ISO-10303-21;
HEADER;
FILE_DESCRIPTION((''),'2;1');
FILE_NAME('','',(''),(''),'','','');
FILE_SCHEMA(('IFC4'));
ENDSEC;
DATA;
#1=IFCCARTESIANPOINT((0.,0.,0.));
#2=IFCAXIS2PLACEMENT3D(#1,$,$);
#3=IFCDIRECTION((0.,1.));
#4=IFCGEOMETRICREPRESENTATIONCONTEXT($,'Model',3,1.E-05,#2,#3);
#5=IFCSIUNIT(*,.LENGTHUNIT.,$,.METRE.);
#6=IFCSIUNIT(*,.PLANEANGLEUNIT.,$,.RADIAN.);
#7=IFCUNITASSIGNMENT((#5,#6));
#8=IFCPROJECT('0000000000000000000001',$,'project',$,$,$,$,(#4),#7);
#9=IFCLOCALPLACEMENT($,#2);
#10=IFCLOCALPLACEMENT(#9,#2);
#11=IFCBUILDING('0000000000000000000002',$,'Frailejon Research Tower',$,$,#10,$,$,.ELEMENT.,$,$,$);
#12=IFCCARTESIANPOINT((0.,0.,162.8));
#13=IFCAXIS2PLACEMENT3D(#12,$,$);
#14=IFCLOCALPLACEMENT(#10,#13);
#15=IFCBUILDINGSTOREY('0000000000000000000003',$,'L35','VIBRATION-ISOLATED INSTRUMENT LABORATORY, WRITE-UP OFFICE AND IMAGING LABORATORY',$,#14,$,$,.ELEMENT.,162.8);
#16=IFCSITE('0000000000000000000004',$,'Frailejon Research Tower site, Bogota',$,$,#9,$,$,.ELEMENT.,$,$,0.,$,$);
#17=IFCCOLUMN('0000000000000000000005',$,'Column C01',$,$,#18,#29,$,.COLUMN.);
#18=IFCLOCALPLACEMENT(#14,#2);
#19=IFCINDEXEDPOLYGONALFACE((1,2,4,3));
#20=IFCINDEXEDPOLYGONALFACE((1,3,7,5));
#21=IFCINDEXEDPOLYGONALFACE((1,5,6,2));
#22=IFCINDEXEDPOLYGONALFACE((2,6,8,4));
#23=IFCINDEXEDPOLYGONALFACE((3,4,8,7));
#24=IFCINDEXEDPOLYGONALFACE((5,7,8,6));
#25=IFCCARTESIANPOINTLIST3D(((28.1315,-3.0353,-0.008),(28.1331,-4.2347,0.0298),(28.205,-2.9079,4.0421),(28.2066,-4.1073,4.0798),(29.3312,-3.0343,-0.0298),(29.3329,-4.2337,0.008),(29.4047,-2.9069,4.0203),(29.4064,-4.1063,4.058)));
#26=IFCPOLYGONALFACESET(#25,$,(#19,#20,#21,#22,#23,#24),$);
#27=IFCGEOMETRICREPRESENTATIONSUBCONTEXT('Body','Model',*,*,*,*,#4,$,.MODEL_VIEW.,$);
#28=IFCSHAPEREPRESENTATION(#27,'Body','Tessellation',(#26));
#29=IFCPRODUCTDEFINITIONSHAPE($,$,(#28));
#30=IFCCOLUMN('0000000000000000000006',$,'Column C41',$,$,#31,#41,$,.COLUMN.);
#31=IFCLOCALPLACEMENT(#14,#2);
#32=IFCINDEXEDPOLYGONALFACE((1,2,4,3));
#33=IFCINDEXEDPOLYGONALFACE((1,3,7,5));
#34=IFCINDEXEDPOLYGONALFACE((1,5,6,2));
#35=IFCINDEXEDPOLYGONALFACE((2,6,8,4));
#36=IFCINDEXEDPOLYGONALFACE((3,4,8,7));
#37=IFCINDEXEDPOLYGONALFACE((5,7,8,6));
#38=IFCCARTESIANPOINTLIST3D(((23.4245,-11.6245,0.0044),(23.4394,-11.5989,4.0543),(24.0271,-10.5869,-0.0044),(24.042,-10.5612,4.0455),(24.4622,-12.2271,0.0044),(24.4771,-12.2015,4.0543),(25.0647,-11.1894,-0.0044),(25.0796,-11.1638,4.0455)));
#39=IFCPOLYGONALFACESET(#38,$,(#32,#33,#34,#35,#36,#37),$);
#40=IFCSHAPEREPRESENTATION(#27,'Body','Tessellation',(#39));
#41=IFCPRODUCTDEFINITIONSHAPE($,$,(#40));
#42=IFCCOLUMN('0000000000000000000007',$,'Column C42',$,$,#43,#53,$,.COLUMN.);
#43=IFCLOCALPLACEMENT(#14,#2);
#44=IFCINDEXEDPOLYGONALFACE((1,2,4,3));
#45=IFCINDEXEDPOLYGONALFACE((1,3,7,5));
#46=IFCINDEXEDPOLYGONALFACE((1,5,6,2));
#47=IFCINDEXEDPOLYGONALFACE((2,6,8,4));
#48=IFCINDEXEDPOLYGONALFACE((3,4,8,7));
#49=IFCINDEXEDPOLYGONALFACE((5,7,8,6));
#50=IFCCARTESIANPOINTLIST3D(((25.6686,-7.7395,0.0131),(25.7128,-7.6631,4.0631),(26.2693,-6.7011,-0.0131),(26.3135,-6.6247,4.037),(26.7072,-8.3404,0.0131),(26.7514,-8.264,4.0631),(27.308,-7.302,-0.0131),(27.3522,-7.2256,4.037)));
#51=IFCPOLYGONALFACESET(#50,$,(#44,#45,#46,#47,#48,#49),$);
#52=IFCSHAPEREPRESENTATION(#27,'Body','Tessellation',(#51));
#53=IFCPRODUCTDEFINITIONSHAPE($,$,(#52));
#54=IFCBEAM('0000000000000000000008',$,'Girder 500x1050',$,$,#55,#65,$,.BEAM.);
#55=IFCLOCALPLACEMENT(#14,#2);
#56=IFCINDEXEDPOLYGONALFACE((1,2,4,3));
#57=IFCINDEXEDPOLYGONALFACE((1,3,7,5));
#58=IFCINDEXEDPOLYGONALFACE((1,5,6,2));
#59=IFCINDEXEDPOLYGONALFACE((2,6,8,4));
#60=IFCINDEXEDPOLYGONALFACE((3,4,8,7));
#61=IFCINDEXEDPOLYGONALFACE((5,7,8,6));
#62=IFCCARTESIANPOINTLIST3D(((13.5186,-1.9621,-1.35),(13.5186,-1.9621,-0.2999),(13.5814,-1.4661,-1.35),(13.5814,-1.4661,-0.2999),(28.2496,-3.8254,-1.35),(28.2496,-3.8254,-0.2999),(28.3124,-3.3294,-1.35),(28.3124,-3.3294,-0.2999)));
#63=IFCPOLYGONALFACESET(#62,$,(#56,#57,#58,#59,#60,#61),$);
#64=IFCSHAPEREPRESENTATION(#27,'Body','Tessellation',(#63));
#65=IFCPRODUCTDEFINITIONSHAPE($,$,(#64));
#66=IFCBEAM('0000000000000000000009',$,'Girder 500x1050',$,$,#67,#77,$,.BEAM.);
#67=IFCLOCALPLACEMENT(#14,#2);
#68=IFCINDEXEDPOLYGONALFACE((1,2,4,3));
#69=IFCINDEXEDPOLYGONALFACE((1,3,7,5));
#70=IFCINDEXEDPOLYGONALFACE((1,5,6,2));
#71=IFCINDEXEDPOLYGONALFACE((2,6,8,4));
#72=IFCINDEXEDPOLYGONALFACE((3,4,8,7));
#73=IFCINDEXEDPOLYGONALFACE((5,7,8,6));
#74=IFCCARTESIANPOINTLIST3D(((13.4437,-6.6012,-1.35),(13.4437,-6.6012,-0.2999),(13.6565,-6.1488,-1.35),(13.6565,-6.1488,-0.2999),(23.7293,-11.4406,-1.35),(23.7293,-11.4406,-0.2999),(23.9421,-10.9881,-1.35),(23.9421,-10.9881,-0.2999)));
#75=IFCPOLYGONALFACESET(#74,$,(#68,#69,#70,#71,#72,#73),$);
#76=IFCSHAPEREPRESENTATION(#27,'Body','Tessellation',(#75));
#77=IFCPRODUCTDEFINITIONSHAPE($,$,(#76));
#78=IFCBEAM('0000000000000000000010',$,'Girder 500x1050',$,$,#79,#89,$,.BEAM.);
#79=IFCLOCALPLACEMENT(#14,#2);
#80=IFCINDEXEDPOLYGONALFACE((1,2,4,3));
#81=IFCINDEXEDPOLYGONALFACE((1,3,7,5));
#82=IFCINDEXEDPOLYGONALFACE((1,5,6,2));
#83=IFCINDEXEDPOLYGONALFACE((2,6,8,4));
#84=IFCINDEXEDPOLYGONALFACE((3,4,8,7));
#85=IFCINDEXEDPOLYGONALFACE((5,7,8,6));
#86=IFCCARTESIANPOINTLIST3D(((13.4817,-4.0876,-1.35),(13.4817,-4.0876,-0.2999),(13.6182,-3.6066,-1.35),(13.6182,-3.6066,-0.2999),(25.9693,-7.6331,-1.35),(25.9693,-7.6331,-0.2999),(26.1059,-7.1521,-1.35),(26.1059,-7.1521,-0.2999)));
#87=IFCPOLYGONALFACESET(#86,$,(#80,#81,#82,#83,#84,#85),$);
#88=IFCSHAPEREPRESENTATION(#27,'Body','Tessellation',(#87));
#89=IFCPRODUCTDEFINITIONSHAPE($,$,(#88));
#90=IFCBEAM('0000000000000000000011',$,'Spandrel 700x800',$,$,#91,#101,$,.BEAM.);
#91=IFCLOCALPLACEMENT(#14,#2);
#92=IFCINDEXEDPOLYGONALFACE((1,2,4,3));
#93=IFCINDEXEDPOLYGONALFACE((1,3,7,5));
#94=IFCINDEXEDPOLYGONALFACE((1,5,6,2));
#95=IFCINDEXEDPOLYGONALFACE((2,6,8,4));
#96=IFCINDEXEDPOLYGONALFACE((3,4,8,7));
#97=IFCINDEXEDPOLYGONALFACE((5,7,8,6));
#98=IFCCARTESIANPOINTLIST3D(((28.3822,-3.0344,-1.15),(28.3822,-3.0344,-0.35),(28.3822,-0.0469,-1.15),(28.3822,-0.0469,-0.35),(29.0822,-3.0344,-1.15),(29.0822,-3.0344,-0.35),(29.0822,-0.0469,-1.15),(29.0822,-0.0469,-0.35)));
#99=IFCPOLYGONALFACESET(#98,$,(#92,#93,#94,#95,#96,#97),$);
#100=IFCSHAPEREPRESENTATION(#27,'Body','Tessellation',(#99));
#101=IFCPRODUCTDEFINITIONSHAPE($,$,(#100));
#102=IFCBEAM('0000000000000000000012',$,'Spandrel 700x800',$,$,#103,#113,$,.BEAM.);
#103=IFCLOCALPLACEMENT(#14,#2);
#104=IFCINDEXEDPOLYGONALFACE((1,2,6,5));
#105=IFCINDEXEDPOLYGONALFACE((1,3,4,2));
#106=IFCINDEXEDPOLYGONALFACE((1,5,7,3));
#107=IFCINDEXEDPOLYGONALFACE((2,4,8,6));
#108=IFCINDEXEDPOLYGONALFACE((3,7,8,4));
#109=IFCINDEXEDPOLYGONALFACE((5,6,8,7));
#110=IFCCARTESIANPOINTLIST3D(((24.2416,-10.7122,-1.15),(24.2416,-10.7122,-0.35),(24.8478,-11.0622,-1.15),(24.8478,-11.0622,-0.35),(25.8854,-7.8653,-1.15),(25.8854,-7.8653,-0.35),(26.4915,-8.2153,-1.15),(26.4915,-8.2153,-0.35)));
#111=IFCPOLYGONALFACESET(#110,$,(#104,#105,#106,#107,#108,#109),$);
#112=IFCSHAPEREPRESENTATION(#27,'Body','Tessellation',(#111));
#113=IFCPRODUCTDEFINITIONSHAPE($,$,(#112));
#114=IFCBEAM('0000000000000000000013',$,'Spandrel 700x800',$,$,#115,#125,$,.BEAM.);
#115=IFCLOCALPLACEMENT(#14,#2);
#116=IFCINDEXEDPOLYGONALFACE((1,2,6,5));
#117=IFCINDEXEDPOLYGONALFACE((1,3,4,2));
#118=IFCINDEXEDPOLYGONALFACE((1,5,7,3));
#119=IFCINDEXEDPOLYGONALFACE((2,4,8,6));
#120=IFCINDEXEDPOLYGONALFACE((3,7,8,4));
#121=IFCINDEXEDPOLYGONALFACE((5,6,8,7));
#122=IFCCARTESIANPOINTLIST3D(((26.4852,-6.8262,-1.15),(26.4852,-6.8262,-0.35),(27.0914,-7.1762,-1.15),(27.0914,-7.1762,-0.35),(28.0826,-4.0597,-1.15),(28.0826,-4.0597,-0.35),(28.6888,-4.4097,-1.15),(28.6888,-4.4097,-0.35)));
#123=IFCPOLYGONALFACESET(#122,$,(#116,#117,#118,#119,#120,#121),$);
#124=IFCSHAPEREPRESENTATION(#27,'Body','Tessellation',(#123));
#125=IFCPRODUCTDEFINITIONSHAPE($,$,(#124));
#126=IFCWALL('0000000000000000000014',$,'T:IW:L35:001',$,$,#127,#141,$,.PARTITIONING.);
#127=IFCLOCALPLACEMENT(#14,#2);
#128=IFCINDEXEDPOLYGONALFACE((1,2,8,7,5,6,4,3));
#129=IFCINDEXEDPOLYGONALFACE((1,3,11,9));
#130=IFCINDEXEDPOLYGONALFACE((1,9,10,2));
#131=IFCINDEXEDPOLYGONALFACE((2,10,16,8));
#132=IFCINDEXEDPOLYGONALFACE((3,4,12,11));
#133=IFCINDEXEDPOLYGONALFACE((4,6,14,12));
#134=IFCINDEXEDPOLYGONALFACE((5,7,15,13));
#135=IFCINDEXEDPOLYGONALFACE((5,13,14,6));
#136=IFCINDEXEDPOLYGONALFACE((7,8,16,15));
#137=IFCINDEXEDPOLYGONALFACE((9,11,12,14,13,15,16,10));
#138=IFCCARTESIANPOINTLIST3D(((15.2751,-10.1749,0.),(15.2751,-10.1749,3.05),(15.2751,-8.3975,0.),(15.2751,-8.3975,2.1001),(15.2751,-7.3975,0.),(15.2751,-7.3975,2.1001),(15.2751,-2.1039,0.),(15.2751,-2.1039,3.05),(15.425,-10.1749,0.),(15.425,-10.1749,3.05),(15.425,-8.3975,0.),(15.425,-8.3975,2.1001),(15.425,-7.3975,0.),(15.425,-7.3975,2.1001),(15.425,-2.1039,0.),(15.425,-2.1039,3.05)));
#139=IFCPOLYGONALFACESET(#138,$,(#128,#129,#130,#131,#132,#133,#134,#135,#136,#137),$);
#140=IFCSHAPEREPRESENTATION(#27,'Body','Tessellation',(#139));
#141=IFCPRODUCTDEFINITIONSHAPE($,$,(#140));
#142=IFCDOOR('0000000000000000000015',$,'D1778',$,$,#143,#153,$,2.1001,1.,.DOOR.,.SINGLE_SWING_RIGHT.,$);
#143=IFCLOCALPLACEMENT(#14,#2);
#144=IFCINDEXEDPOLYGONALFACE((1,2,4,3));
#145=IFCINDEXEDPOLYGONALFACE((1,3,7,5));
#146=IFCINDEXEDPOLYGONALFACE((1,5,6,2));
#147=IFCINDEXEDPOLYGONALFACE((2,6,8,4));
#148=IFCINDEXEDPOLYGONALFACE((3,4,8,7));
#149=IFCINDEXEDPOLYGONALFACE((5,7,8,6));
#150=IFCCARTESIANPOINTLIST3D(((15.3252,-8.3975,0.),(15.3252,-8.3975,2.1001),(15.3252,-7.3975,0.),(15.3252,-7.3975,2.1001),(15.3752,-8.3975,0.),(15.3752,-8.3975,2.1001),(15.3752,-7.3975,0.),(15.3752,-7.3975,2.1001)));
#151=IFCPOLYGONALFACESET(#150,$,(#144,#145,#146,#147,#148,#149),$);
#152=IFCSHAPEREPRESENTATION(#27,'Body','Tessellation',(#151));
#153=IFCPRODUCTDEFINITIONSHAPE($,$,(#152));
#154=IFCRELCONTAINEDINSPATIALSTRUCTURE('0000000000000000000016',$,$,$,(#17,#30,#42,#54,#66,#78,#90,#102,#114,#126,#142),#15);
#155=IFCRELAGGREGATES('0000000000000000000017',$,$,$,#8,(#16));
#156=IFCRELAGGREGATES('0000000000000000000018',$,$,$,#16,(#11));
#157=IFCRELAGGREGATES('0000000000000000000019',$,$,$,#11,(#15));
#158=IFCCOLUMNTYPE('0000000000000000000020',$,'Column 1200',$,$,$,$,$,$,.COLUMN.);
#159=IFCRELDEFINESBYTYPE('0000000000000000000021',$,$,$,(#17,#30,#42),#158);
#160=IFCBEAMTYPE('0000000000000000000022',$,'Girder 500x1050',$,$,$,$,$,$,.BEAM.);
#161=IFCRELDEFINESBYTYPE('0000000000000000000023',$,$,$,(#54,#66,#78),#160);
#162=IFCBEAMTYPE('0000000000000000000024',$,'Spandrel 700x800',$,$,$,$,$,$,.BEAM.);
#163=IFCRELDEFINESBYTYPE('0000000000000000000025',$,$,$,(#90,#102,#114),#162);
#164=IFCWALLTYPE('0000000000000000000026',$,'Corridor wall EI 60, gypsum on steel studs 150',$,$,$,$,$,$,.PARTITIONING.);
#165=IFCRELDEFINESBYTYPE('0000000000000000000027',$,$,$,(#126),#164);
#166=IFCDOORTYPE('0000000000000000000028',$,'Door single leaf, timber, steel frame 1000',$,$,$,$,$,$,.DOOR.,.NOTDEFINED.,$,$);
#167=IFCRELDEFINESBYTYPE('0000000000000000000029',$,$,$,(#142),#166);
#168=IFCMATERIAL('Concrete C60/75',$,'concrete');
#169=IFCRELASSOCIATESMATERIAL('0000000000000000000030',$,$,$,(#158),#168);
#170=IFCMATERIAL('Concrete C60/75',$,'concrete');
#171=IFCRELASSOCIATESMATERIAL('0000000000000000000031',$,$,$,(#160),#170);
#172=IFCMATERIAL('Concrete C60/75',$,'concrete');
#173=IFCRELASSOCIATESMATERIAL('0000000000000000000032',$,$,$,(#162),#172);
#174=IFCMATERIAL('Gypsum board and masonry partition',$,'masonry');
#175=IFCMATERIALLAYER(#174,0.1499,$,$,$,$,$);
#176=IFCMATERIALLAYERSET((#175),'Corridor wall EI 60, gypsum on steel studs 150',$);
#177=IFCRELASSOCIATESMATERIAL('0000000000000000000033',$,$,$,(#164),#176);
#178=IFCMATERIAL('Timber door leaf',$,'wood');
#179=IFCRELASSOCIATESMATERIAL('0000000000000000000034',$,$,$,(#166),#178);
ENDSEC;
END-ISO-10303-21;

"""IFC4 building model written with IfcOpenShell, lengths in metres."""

from ifc_helpers import new_model, si_unit, direction, frame, frame_2d, origin, origin_2d, place, context, subcontext, project, spatial, rectangle, extrude, material, layer, layer_set, material_profile, profile_set, type_object, element, fill, save


model = new_model("IFC4")

# Units and contexts
model_context = context("Model", 3, precision=1e-05, world=origin(), true_north=direction((0.0, 1.0)))
body_context = subcontext(model_context, "Body", "Model", "MODEL_VIEW")
ifc_project = project(units=[si_unit("LENGTHUNIT", "METRE"), si_unit("PLANEANGLEUNIT", "RADIAN")], contexts=[model_context])

# Site, building, storey
site_placement = place(None, origin())
site = spatial("IfcSite", under=ifc_project, at=site_placement, Name="Frailejon Research Tower site, Bogota", CompositionType="ELEMENT", RefElevation=0.0)
building_placement = place(site_placement, origin())
building = spatial("IfcBuilding", under=site, at=building_placement, Name="Frailejon Research Tower", CompositionType="ELEMENT")
storey_placement = place(building_placement, frame((0.0, 0.0, 162.8)))
storey = spatial("IfcBuildingStorey", under=building, at=storey_placement, Name="L35", Description="VIBRATION-ISOLATED INSTRUMENT LABORATORY, WRITE-UP OFFICE AND IMAGING LABORATORY", CompositionType="ELEMENT", Elevation=162.8)

# Columns
ifc_material_1 = material(Name="Concrete C60/75", Category="concrete")
ifc_material_profile_1 = material_profile(ifc_material_1, rectangle(XDim=1.2, YDim=1.2, at=origin_2d()), Name="Column 1200")
ifc_profile_set_1 = profile_set([ifc_material_profile_1], Name="Concrete C60/75")
column_type = type_object("IfcColumnType", Name="Column 1200", PredefinedType="COLUMN", material=ifc_profile_set_1)
column_1_placement = place(storey_placement, frame((28.7322, -3.6345, 0.0), z_axis=(0.018133, 0.031446, 0.999341), x_axis=(-0.001396, 0.999505, -0.031426)))
element("IfcColumn", 1, at=column_1_placement, inside=storey, type_object=column_type, Name="Column C01", PredefinedType="COLUMN", context=body_context, shape_type="SweptSolid", body=[
    extrude(rectangle(XDim=1.2, YDim=1.2, at=origin_2d()), origin(), (0.0, 0.0, 1.0), 4.0527),
])
column_2_placement = place(storey_placement, frame((24.2446, -11.407, 0.0), z_axis=(0.003677, 0.006329, 0.999973), x_axis=(0.502147, 0.864751, -0.00732)))
element("IfcColumn", 2, at=column_2_placement, inside=storey, type_object=column_type, Name="Column C41", PredefinedType="COLUMN", context=body_context, shape_type="SweptSolid", body=[
    extrude(rectangle(XDim=1.2, YDim=1.2, at=origin_2d()), origin(), (0.0, 0.0, 1.0), 4.05),
])
column_3_placement = place(storey_placement, frame((26.4883, -7.5208, 0.0), z_axis=(0.010908, 0.018863, 0.999763), x_axis=(0.500638, 0.865382, -0.02179)))
element("IfcColumn", 3, at=column_3_placement, inside=storey, type_object=column_type, Name="Column C42", PredefinedType="COLUMN", context=body_context, shape_type="SweptSolid", body=[
    extrude(rectangle(XDim=1.2, YDim=1.2, at=origin_2d()), origin(), (0.0, 0.0, 1.0), 4.051),
])

# Beams
ifc_material_2 = material(Name="Concrete C60/75", Category="concrete")
ifc_material_profile_2 = material_profile(ifc_material_2, rectangle(XDim=0.5, YDim=1.05, at=origin_2d()), Name="Girder 500x1050")
ifc_profile_set_2 = profile_set([ifc_material_profile_2], Name="Concrete C60/75")
beam_type_1 = type_object("IfcBeamType", Name="Girder 500x1050", PredefinedType="BEAM", material=ifc_profile_set_2)
beam_1_placement = place(storey_placement, frame((28.281, -3.5774, -0.825), z_axis=(-0.992095, 0.125488, 0.0), x_axis=(-0.125488, -0.992095, 0.0)))
element("IfcBeam", 4, at=beam_1_placement, inside=storey, type_object=beam_type_1, Name="Girder 500x1050", PredefinedType="BEAM", context=body_context, shape_type="SweptSolid", body=[
    extrude(rectangle(XDim=0.5, YDim=1.05, at=origin_2d()), origin(), (0.0, 0.0, 1.0), 14.8484),
])
beam_2_placement = place(storey_placement, frame((23.8357, -11.2144, -0.825), z_axis=(-0.904851, 0.425729, 0.0), x_axis=(-0.425729, -0.904851, 0.0)))
element("IfcBeam", 5, at=beam_2_placement, inside=storey, type_object=beam_type_1, Name="Girder 500x1050", PredefinedType="BEAM", context=body_context, shape_type="SweptSolid", body=[
    extrude(rectangle(XDim=0.5, YDim=1.05, at=origin_2d()), origin(), (0.0, 0.0, 1.0), 11.3672),
])
beam_3_placement = place(storey_placement, frame((26.0376, -7.3926, -0.825), z_axis=(-0.96198, 0.273121, 0.0), x_axis=(-0.273121, -0.96198, 0.0)))
element("IfcBeam", 6, at=beam_3_placement, inside=storey, type_object=beam_type_1, Name="Girder 500x1050", PredefinedType="BEAM", context=body_context, shape_type="SweptSolid", body=[
    extrude(rectangle(XDim=0.5, YDim=1.05, at=origin_2d()), origin(), (0.0, 0.0, 1.0), 12.9812),
])
ifc_material_3 = material(Name="Concrete C60/75", Category="concrete")
ifc_material_profile_3 = material_profile(ifc_material_3, rectangle(XDim=0.7, YDim=0.8, at=origin_2d()), Name="Spandrel 700x800")
ifc_profile_set_3 = profile_set([ifc_material_profile_3], Name="Concrete C60/75")
beam_type_2 = type_object("IfcBeamType", Name="Spandrel 700x800", PredefinedType="BEAM", material=ifc_profile_set_3)
beam_4_placement = place(storey_placement, frame((28.7322, -3.0344, -0.75), z_axis=(0.0, 1.0, 0.0), x_axis=(-1.0, 0.0, 0.0)))
element("IfcBeam", 7, at=beam_4_placement, inside=storey, type_object=beam_type_2, Name="Spandrel 700x800", PredefinedType="BEAM", context=body_context, shape_type="SweptSolid", body=[
    extrude(rectangle(XDim=0.7, YDim=0.8, at=origin_2d()), origin(), (0.0, 0.0, 1.0), 2.9875),
])
beam_5_placement = place(storey_placement, frame((24.5447, -10.8872, -0.75), z_axis=(0.500029, 0.866009, 0.0), x_axis=(-0.866009, 0.500029, 0.0)))
element("IfcBeam", 8, at=beam_5_placement, inside=storey, type_object=beam_type_2, Name="Spandrel 700x800", PredefinedType="BEAM", context=body_context, shape_type="SweptSolid", body=[
    extrude(rectangle(XDim=0.7, YDim=0.8, at=origin_2d()), origin(), (0.0, 0.0, 1.0), 3.2874),
])
beam_6_placement = place(storey_placement, frame((26.7883, -7.0012, -0.75), z_axis=(0.500027, 0.86601, 0.0), x_axis=(-0.86601, 0.500027, 0.0)))
element("IfcBeam", 9, at=beam_6_placement, inside=storey, type_object=beam_type_2, Name="Spandrel 700x800", PredefinedType="BEAM", context=body_context, shape_type="SweptSolid", body=[
    extrude(rectangle(XDim=0.7, YDim=0.8, at=origin_2d()), origin(), (0.0, 0.0, 1.0), 3.1946),
])

# Wall, opening, door
ifc_material_4 = material(Name="Gypsum board and masonry partition", Category="masonry")
ifc_layer_1 = layer(ifc_material_4, 0.1499)
ifc_layer_set_1 = layer_set([ifc_layer_1], Name="Corridor wall EI 60, gypsum on steel studs 150")
wall_type_1 = type_object("IfcWallType", Name="Corridor wall EI 60, gypsum on steel studs 150", PredefinedType="PARTITIONING", material=ifc_layer_set_1)
wall_1_placement = place(storey_placement, frame((15.3501, -10.175, 0.0), z_axis=(0.0, 0.0, 1.0), x_axis=(0.0, 1.0, 0.0)))
wall_1 = element("IfcWall", 10, at=wall_1_placement, inside=storey, type_object=wall_type_1, Name="T:IW:L35:001", PredefinedType="PARTITIONING", context=body_context, shape_type="SweptSolid", body=[
    extrude(rectangle(XDim=8.071, YDim=0.1499, at=frame_2d((4.0356, 0.0))), origin(), (0.0, 0.0, 1.0), 3.05),
])
opening_1_placement = place(wall_1_placement, frame((1.7776, 0.0, 0.0)))
opening_1 = element("IfcOpeningElement", 11, at=opening_1_placement, cuts=wall_1, PredefinedType="OPENING", context=body_context, shape_type="SweptSolid", body=[
    extrude(rectangle(XDim=1.0, YDim=2.1001, at=frame_2d((0.5, 1.05))), frame((0.0, 0.085, 0.0), z_axis=(0.0, -1.0, 0.0), x_axis=(1.0, 0.0, 0.0)), (0.0, 0.0, 1.0), 0.1699),
])
ifc_material_5 = material(Name="Timber door leaf", Category="wood")
door_type_1 = type_object("IfcDoorType", Name="Door single leaf, timber, steel frame 1000", OperationType="NOTDEFINED", PredefinedType="DOOR", material=ifc_material_5)
door_1_placement = place(opening_1_placement, origin())
door_1 = element("IfcDoor", 12, at=door_1_placement, inside=storey, type_object=door_type_1, Name="D1778", OperationType="SINGLE_SWING_RIGHT", OverallHeight=2.1001, OverallWidth=1.0, PredefinedType="DOOR", context=body_context, shape_type="SweptSolid", body=[
    extrude(rectangle(XDim=1.0, YDim=2.1001, at=frame_2d((0.5, 1.05))), frame((0.0, 0.0249, 0.0), z_axis=(0.0, -1.0, 0.0), x_axis=(1.0, 0.0, 0.0)), (0.0, 0.0, 1.0), 0.05),
])
fill(opening_1, door_1)

save(model, "model.ifc")
